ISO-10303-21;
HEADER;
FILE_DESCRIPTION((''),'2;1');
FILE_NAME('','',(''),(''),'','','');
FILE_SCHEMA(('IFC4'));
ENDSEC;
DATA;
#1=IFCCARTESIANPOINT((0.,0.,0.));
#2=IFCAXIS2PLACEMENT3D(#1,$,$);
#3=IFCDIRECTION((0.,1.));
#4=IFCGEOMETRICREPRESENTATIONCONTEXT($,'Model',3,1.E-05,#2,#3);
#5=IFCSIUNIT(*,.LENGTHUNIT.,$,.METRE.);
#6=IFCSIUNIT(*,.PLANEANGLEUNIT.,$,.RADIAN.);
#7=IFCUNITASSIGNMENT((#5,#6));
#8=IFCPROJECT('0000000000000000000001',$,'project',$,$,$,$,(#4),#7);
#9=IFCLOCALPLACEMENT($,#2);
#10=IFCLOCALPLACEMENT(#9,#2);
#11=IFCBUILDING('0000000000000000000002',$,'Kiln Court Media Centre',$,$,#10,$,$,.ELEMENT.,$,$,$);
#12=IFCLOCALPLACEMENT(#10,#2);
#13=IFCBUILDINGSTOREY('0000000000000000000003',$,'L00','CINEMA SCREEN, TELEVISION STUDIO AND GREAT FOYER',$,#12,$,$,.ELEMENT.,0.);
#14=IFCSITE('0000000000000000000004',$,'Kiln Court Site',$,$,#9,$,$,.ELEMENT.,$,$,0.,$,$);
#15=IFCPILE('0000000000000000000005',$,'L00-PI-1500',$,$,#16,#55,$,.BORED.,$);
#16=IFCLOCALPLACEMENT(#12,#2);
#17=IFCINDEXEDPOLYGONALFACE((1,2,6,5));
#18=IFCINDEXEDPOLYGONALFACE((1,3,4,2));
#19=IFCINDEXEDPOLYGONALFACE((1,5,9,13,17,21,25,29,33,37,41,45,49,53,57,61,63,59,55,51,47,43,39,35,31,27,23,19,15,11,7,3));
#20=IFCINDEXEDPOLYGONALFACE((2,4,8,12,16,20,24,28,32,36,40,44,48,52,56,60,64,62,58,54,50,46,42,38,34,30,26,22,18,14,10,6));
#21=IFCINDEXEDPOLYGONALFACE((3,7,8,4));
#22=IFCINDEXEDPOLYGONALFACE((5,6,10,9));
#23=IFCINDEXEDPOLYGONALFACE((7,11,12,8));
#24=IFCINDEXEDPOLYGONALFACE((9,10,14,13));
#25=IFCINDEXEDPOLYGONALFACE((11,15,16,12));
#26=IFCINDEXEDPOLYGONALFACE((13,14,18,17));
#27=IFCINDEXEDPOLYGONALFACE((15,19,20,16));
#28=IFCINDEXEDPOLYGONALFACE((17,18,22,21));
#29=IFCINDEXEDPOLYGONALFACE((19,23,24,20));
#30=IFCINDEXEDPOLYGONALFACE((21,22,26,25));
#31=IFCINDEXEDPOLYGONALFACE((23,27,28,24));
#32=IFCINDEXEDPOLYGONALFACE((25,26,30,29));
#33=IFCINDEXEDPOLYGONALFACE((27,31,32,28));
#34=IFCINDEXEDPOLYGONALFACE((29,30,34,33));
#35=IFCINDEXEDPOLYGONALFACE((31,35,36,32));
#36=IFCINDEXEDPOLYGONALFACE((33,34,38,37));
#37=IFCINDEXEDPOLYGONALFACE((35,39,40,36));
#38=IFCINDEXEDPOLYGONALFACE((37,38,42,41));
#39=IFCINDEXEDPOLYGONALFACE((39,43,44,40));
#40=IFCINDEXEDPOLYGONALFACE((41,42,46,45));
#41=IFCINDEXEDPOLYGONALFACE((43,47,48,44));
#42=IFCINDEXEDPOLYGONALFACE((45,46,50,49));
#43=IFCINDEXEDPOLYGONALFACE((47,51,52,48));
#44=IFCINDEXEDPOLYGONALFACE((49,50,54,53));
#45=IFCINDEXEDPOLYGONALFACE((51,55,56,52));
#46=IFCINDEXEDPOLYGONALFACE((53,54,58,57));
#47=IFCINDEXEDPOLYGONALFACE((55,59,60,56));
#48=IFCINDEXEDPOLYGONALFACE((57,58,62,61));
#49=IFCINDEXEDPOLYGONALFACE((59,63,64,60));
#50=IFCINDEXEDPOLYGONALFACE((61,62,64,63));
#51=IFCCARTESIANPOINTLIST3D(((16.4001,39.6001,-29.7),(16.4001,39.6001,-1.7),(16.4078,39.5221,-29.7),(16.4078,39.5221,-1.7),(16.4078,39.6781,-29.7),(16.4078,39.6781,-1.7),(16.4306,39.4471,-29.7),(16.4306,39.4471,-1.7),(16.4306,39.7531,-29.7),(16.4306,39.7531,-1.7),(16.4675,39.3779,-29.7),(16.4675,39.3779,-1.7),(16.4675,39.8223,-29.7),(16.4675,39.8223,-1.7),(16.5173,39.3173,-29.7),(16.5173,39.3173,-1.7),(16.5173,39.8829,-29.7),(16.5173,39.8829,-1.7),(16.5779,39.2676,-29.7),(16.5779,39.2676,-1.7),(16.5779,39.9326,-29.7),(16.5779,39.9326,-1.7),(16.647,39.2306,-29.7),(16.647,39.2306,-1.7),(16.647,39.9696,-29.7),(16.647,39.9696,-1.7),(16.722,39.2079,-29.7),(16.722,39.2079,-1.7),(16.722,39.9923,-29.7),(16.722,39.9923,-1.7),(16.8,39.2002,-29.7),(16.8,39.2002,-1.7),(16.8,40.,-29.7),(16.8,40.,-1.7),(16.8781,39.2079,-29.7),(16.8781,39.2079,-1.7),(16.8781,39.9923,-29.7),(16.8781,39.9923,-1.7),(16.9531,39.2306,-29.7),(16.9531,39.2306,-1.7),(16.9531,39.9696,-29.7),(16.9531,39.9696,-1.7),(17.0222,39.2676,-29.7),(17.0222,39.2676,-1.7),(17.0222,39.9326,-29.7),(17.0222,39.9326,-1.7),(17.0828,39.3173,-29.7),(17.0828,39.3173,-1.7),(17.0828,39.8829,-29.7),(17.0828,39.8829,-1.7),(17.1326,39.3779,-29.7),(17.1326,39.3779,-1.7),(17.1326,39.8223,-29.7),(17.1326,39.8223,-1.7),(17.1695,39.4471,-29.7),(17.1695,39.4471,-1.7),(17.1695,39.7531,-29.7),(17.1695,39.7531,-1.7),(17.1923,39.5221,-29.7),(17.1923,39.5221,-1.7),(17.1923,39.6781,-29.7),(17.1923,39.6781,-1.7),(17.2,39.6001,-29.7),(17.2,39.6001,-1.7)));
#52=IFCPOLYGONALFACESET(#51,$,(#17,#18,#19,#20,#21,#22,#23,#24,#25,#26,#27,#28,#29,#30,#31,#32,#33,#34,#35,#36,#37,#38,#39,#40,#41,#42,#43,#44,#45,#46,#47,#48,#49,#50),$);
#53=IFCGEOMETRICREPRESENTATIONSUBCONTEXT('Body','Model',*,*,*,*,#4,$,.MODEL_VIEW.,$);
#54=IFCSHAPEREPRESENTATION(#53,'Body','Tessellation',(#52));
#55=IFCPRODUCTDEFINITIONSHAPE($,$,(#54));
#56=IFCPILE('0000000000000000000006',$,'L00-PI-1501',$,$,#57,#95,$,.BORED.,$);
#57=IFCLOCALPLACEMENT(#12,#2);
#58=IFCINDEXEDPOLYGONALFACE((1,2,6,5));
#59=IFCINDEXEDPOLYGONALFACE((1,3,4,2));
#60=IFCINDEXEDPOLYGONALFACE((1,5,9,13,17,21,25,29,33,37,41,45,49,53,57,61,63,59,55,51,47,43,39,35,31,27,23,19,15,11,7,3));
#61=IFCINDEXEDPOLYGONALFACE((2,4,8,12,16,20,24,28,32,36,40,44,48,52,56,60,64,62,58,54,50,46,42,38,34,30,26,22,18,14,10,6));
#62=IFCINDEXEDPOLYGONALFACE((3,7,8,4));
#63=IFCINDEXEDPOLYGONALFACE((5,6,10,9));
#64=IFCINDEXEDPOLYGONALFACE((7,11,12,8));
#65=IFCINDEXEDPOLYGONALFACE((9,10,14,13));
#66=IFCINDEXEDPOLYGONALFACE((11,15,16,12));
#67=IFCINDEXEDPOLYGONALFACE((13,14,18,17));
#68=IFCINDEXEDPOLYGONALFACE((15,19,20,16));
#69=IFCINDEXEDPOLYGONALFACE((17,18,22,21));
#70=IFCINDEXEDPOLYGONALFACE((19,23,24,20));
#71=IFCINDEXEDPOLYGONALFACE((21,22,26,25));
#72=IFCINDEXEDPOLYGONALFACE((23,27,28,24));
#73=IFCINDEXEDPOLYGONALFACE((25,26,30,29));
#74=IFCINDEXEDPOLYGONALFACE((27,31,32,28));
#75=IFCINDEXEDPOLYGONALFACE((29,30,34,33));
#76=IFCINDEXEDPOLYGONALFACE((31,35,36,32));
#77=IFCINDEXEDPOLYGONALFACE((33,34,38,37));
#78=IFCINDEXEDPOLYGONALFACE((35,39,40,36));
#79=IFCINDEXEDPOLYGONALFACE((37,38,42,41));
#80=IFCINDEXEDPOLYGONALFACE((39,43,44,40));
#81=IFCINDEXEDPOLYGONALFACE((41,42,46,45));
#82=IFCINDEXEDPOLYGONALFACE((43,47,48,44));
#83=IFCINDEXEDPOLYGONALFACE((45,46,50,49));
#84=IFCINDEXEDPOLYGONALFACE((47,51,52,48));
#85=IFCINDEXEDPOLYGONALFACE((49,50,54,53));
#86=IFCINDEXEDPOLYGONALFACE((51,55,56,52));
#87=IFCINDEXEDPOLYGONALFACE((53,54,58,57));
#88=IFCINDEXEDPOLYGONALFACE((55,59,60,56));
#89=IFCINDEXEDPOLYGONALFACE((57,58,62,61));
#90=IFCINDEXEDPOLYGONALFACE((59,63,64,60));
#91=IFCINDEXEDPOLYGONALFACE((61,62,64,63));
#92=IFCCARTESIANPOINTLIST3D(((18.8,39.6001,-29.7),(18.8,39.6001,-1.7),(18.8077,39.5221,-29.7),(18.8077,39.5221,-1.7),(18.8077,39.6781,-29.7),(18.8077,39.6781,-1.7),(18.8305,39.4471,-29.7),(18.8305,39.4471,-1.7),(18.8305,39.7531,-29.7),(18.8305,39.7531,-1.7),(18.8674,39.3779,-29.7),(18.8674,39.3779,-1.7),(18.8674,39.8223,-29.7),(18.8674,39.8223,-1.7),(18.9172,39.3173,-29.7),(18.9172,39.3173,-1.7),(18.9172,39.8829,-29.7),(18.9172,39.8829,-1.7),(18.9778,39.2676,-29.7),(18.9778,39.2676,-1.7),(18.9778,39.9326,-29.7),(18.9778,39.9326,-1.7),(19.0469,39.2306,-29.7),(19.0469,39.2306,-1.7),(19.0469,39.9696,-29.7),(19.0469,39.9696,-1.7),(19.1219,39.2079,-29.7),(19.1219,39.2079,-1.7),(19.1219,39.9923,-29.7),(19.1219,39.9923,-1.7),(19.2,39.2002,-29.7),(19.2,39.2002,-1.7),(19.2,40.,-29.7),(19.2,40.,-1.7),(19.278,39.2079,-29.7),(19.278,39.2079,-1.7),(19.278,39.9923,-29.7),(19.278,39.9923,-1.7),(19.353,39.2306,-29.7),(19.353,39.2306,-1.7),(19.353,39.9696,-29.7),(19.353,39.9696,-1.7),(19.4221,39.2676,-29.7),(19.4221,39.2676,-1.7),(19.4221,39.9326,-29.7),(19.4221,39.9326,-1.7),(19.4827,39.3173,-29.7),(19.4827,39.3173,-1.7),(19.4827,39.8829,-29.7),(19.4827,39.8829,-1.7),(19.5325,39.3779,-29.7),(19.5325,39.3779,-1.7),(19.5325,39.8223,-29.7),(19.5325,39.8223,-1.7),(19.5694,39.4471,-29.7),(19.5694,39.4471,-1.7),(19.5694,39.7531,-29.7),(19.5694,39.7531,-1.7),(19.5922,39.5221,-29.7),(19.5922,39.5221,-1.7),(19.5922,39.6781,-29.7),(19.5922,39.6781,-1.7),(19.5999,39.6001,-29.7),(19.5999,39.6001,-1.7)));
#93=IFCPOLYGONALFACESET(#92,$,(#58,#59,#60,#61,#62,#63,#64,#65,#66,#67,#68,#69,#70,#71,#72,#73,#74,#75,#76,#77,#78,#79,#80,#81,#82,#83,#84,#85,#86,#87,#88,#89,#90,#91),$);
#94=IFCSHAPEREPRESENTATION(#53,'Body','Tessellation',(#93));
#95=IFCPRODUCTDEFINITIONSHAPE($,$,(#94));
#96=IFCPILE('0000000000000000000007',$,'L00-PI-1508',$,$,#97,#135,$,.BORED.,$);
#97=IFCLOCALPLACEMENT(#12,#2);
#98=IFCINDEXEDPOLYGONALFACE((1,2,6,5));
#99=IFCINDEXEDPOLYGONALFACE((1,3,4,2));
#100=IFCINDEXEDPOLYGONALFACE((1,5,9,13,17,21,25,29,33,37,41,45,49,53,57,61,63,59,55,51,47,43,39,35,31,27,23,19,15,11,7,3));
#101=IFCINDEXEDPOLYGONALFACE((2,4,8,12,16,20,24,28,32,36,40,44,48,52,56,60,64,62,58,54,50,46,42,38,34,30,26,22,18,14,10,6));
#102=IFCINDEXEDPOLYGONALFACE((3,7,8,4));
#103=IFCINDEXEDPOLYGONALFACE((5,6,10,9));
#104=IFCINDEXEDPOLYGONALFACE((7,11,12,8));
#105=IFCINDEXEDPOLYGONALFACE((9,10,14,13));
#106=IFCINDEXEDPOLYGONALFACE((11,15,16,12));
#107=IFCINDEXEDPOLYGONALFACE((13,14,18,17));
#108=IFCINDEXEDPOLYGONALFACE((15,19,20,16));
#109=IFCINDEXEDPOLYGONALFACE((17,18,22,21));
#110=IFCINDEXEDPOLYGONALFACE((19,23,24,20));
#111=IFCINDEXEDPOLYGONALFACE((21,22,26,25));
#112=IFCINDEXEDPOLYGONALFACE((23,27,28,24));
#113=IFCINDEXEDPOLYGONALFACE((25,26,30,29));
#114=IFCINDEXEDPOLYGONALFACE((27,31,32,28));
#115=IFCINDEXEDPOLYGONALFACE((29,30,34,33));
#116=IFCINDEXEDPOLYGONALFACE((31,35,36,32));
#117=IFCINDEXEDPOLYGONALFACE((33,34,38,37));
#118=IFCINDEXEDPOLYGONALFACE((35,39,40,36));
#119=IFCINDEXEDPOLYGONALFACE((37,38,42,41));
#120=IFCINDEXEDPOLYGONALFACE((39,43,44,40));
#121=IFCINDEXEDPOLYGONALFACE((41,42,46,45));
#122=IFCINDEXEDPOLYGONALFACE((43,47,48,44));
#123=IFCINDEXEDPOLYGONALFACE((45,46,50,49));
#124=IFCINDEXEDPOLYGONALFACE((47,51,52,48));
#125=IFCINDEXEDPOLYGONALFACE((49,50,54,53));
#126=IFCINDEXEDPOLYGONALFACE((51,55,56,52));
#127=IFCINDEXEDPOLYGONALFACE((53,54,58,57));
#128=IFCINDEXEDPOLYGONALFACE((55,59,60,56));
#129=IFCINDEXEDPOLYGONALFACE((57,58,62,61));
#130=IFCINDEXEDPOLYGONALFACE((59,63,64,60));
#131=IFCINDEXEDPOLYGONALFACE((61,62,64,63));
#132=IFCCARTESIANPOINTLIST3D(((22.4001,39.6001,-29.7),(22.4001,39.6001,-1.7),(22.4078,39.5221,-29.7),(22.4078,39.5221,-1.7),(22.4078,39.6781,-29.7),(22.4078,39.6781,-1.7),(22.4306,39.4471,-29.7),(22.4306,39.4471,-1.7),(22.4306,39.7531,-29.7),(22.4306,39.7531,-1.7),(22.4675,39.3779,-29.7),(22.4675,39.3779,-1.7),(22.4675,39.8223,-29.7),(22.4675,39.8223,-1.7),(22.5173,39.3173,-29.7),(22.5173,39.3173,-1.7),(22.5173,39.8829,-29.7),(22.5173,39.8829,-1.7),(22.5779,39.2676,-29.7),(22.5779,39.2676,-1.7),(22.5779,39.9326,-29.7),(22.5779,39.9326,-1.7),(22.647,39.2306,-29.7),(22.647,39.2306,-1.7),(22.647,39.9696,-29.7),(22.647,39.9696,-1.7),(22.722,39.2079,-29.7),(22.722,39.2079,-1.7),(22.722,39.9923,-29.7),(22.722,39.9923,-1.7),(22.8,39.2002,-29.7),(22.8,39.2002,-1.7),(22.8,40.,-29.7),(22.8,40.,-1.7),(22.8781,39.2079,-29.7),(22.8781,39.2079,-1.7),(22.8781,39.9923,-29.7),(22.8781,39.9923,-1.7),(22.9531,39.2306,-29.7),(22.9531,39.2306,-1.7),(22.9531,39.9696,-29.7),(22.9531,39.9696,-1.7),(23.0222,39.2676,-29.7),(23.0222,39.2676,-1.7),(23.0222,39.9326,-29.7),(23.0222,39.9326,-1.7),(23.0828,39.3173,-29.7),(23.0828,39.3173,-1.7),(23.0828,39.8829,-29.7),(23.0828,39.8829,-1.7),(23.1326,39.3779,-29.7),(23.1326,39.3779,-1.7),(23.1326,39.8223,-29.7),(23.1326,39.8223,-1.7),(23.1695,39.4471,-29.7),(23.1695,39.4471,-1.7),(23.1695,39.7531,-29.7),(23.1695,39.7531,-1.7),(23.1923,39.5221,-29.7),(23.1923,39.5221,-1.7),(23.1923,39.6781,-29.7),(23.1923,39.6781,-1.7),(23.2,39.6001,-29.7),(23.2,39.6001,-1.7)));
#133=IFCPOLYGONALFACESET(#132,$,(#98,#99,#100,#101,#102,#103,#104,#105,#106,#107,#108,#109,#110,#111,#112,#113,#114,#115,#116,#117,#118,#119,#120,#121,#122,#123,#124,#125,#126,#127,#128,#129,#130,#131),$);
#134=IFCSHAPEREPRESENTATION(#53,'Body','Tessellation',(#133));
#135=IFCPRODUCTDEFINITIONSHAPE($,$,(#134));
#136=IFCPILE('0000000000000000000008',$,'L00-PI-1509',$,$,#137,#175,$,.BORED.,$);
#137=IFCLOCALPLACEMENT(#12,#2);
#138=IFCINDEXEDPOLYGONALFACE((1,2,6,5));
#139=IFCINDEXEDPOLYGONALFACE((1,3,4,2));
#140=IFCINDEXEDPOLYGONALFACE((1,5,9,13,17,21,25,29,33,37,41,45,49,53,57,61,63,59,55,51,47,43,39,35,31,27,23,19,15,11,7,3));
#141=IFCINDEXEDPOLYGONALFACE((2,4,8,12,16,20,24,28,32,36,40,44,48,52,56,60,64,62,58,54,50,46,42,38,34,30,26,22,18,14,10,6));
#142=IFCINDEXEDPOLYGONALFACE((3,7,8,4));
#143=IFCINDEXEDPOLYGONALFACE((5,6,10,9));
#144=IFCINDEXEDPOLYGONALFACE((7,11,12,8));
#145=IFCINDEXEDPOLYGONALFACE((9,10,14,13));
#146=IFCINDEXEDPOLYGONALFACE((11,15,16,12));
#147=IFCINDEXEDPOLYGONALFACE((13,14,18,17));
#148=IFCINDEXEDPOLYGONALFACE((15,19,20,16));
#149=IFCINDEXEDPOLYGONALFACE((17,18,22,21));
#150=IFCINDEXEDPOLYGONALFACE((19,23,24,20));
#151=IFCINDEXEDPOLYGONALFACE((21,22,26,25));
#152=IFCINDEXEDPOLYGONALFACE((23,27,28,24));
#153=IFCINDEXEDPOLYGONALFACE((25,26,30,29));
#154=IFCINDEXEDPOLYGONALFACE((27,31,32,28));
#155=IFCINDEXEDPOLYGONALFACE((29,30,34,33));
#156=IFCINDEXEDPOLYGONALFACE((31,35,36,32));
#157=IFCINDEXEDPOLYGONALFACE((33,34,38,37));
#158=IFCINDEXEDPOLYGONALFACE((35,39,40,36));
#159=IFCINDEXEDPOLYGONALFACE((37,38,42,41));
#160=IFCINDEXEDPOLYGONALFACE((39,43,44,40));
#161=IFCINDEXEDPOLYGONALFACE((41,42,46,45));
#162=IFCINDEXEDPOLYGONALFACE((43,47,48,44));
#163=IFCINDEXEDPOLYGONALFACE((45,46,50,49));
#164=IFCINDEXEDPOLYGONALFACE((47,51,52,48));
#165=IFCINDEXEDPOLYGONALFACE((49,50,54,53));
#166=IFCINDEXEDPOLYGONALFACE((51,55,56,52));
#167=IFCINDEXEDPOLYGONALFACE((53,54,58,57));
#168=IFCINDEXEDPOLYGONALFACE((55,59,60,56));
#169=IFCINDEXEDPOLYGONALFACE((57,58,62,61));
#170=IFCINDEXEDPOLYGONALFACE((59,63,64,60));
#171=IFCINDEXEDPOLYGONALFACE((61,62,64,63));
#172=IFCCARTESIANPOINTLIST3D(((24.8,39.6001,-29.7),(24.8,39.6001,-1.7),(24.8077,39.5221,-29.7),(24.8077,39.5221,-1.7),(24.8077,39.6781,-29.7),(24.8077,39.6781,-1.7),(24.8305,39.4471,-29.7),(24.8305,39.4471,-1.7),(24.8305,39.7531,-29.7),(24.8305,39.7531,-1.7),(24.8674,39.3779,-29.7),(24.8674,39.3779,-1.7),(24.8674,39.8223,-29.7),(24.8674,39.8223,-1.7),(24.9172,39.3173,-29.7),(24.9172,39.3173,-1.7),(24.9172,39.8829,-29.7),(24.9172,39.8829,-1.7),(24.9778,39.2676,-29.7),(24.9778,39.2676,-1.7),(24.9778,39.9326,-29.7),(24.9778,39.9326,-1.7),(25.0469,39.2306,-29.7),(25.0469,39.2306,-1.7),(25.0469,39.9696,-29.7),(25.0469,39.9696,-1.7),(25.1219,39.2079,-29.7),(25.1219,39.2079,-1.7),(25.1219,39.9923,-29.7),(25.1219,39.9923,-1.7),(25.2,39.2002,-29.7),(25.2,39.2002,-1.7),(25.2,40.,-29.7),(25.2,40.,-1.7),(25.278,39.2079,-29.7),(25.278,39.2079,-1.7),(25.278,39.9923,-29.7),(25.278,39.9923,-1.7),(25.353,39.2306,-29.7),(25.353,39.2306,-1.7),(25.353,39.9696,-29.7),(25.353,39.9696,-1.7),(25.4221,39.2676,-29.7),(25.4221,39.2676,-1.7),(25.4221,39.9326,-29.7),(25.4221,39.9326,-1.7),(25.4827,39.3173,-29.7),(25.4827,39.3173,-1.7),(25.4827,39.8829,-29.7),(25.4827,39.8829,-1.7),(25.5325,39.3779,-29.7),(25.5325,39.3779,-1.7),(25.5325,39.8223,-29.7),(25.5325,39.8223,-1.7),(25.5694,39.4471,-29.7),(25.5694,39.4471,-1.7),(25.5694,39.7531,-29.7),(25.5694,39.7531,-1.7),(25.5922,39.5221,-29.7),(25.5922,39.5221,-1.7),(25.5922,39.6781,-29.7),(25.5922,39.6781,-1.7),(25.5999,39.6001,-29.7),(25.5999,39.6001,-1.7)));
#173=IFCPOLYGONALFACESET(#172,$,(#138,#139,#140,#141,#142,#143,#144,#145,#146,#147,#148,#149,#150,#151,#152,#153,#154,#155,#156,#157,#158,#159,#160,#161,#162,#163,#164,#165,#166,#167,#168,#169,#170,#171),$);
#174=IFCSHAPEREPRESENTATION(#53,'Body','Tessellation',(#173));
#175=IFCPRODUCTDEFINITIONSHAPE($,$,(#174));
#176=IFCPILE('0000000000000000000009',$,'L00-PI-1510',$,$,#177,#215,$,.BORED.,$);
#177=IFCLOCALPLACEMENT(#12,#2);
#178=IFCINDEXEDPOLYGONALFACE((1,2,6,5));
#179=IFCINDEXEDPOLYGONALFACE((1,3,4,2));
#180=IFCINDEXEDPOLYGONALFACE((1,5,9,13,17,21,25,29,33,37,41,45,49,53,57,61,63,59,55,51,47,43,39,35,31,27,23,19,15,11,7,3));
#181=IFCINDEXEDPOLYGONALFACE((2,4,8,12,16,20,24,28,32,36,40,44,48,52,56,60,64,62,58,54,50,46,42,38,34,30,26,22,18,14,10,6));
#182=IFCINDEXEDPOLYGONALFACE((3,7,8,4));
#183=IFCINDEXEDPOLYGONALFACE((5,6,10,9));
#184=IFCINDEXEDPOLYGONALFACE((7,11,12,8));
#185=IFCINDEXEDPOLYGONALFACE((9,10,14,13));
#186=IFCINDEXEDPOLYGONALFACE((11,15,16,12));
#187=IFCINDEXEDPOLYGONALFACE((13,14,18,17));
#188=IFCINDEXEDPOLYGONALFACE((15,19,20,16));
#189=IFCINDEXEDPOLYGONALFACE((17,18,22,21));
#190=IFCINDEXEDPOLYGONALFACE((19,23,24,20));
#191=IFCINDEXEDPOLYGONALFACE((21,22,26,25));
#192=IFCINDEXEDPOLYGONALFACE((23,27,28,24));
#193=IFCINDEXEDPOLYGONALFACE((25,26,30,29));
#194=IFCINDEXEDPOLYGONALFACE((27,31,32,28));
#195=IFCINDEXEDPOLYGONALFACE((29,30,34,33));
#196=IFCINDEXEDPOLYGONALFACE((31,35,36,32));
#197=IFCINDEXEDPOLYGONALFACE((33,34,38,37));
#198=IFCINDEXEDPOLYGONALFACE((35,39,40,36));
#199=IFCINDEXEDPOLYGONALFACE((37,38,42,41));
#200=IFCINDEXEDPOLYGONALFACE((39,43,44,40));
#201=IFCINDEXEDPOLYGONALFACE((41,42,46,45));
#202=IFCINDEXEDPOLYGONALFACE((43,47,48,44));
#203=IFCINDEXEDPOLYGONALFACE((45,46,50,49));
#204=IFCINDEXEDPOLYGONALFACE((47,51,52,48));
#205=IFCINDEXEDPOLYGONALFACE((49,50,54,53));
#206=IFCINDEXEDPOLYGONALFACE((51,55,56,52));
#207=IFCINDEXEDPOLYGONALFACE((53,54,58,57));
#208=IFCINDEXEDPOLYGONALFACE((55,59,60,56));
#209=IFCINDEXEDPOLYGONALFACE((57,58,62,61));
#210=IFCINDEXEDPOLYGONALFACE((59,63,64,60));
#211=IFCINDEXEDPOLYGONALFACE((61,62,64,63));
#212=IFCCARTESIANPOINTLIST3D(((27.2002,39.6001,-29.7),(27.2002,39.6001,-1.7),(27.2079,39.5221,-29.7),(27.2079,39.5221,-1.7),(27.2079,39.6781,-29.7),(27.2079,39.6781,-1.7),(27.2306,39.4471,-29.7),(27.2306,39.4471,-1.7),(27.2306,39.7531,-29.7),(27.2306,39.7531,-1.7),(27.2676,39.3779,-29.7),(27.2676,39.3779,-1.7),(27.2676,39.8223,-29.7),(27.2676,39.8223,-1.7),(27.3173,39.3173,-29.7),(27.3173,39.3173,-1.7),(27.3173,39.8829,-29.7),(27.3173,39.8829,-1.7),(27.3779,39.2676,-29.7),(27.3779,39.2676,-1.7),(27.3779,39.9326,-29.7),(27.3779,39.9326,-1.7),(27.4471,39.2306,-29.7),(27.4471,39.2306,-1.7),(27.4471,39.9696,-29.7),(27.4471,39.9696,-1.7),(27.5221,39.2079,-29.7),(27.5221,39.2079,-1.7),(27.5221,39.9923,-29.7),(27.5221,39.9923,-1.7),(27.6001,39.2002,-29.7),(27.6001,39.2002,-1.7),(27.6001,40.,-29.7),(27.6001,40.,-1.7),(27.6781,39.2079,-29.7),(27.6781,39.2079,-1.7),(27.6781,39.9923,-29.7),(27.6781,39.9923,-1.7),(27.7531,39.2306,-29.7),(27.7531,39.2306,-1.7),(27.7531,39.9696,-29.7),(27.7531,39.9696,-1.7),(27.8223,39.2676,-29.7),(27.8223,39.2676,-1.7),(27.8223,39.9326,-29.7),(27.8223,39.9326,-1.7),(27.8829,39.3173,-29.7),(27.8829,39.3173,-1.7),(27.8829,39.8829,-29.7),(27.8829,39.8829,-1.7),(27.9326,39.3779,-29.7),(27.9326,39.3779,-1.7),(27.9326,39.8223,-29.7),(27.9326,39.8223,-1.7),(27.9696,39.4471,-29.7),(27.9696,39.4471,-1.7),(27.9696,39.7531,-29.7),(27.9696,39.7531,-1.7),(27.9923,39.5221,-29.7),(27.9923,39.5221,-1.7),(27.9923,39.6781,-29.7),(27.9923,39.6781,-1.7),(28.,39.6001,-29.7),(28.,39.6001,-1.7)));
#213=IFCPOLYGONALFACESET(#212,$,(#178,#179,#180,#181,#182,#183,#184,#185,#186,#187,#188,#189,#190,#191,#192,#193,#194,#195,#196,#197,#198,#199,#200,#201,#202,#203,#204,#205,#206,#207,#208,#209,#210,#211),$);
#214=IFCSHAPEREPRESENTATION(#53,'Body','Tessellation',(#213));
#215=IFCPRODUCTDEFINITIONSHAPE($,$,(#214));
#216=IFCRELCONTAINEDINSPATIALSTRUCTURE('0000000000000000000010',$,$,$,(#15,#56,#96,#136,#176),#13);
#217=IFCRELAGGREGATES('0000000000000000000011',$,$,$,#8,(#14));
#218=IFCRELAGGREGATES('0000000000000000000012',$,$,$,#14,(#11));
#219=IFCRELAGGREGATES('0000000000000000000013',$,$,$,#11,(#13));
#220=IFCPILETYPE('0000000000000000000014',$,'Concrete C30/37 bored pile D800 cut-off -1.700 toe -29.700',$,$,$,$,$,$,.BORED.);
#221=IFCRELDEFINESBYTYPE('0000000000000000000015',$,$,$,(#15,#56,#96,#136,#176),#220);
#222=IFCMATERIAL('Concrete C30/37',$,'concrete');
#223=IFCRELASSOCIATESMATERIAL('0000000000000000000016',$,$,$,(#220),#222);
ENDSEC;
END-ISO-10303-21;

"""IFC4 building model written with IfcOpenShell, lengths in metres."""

from ifc_helpers import new_model, si_unit, direction, frame, origin, origin_2d, place, context, subcontext, project, spatial, circle, extrude, material, material_profile, profile_set, type_object, element, save


model = new_model("IFC4")

# Units and contexts
model_context = context("Model", 3, precision=1e-05, world=origin(), true_north=direction((0.0, 1.0)))
body_context = subcontext(model_context, "Body", "Model", "MODEL_VIEW")
ifc_project = project(units=[si_unit("LENGTHUNIT", "METRE"), si_unit("PLANEANGLEUNIT", "RADIAN")], contexts=[model_context])

# Site, building, storey
site_placement = place(None, origin())
site = spatial("IfcSite", under=ifc_project, at=site_placement, Name="Kiln Court Site", CompositionType="ELEMENT", RefElevation=0.0)
building_placement = place(site_placement, origin())
building = spatial("IfcBuilding", under=site, at=building_placement, Name="Kiln Court Media Centre", CompositionType="ELEMENT")
storey_placement = place(building_placement, origin())
storey = spatial("IfcBuildingStorey", under=building, at=storey_placement, Name="L00", Description="CINEMA SCREEN, TELEVISION STUDIO AND GREAT FOYER", CompositionType="ELEMENT", Elevation=0.0)

# Piles
ifc_material_1 = material(Name="Concrete C30/37", Category="concrete")
ifc_material_profile_1 = material_profile(ifc_material_1, circle(Radius=0.3999, at=origin_2d()), Name="PILE D800")
ifc_profile_set_1 = profile_set([ifc_material_profile_1], Name="Concrete C30/37")
pile_type_1 = type_object("IfcPileType", Name="Concrete C30/37 bored pile D800 cut-off -1.700 toe -29.700", PredefinedType="BORED", material=ifc_profile_set_1)
for number, where, z_axis, x_axis, name in (
    (1, (16.8, 39.6001, -1.7), (0.0, 0.0, -1.0), (1.0, 0.0, 0.0), "L00-PI-1500"),
    (2, (19.2, 39.6001, -1.7), (0.0, 0.0, -1.0), (1.0, 0.0, 0.0), "L00-PI-1501"),
    (3, (22.8, 39.6001, -1.7), (0.0, 0.0, -1.0), (1.0, 0.0, 0.0), "L00-PI-1508"),
    (4, (25.2, 39.6001, -1.7), (0.0, 0.0, -1.0), (1.0, 0.0, 0.0), "L00-PI-1509"),
    (5, (27.6001, 39.6001, -1.7), (0.0, 0.0, -1.0), (1.0, 0.0, 0.0), "L00-PI-1510"),
):
    element("IfcPile", number, at=place(storey_placement, frame(where, z_axis=z_axis, x_axis=x_axis)), inside=storey, type_object=pile_type_1, Name=name, PredefinedType="BORED", context=body_context, shape_type="SweptSolid", body=[
        extrude(circle(Radius=0.3999, at=origin_2d()), origin(), (0.0, 0.0, 1.0), 28.0),
    ])

save(model, "model.ifc")
